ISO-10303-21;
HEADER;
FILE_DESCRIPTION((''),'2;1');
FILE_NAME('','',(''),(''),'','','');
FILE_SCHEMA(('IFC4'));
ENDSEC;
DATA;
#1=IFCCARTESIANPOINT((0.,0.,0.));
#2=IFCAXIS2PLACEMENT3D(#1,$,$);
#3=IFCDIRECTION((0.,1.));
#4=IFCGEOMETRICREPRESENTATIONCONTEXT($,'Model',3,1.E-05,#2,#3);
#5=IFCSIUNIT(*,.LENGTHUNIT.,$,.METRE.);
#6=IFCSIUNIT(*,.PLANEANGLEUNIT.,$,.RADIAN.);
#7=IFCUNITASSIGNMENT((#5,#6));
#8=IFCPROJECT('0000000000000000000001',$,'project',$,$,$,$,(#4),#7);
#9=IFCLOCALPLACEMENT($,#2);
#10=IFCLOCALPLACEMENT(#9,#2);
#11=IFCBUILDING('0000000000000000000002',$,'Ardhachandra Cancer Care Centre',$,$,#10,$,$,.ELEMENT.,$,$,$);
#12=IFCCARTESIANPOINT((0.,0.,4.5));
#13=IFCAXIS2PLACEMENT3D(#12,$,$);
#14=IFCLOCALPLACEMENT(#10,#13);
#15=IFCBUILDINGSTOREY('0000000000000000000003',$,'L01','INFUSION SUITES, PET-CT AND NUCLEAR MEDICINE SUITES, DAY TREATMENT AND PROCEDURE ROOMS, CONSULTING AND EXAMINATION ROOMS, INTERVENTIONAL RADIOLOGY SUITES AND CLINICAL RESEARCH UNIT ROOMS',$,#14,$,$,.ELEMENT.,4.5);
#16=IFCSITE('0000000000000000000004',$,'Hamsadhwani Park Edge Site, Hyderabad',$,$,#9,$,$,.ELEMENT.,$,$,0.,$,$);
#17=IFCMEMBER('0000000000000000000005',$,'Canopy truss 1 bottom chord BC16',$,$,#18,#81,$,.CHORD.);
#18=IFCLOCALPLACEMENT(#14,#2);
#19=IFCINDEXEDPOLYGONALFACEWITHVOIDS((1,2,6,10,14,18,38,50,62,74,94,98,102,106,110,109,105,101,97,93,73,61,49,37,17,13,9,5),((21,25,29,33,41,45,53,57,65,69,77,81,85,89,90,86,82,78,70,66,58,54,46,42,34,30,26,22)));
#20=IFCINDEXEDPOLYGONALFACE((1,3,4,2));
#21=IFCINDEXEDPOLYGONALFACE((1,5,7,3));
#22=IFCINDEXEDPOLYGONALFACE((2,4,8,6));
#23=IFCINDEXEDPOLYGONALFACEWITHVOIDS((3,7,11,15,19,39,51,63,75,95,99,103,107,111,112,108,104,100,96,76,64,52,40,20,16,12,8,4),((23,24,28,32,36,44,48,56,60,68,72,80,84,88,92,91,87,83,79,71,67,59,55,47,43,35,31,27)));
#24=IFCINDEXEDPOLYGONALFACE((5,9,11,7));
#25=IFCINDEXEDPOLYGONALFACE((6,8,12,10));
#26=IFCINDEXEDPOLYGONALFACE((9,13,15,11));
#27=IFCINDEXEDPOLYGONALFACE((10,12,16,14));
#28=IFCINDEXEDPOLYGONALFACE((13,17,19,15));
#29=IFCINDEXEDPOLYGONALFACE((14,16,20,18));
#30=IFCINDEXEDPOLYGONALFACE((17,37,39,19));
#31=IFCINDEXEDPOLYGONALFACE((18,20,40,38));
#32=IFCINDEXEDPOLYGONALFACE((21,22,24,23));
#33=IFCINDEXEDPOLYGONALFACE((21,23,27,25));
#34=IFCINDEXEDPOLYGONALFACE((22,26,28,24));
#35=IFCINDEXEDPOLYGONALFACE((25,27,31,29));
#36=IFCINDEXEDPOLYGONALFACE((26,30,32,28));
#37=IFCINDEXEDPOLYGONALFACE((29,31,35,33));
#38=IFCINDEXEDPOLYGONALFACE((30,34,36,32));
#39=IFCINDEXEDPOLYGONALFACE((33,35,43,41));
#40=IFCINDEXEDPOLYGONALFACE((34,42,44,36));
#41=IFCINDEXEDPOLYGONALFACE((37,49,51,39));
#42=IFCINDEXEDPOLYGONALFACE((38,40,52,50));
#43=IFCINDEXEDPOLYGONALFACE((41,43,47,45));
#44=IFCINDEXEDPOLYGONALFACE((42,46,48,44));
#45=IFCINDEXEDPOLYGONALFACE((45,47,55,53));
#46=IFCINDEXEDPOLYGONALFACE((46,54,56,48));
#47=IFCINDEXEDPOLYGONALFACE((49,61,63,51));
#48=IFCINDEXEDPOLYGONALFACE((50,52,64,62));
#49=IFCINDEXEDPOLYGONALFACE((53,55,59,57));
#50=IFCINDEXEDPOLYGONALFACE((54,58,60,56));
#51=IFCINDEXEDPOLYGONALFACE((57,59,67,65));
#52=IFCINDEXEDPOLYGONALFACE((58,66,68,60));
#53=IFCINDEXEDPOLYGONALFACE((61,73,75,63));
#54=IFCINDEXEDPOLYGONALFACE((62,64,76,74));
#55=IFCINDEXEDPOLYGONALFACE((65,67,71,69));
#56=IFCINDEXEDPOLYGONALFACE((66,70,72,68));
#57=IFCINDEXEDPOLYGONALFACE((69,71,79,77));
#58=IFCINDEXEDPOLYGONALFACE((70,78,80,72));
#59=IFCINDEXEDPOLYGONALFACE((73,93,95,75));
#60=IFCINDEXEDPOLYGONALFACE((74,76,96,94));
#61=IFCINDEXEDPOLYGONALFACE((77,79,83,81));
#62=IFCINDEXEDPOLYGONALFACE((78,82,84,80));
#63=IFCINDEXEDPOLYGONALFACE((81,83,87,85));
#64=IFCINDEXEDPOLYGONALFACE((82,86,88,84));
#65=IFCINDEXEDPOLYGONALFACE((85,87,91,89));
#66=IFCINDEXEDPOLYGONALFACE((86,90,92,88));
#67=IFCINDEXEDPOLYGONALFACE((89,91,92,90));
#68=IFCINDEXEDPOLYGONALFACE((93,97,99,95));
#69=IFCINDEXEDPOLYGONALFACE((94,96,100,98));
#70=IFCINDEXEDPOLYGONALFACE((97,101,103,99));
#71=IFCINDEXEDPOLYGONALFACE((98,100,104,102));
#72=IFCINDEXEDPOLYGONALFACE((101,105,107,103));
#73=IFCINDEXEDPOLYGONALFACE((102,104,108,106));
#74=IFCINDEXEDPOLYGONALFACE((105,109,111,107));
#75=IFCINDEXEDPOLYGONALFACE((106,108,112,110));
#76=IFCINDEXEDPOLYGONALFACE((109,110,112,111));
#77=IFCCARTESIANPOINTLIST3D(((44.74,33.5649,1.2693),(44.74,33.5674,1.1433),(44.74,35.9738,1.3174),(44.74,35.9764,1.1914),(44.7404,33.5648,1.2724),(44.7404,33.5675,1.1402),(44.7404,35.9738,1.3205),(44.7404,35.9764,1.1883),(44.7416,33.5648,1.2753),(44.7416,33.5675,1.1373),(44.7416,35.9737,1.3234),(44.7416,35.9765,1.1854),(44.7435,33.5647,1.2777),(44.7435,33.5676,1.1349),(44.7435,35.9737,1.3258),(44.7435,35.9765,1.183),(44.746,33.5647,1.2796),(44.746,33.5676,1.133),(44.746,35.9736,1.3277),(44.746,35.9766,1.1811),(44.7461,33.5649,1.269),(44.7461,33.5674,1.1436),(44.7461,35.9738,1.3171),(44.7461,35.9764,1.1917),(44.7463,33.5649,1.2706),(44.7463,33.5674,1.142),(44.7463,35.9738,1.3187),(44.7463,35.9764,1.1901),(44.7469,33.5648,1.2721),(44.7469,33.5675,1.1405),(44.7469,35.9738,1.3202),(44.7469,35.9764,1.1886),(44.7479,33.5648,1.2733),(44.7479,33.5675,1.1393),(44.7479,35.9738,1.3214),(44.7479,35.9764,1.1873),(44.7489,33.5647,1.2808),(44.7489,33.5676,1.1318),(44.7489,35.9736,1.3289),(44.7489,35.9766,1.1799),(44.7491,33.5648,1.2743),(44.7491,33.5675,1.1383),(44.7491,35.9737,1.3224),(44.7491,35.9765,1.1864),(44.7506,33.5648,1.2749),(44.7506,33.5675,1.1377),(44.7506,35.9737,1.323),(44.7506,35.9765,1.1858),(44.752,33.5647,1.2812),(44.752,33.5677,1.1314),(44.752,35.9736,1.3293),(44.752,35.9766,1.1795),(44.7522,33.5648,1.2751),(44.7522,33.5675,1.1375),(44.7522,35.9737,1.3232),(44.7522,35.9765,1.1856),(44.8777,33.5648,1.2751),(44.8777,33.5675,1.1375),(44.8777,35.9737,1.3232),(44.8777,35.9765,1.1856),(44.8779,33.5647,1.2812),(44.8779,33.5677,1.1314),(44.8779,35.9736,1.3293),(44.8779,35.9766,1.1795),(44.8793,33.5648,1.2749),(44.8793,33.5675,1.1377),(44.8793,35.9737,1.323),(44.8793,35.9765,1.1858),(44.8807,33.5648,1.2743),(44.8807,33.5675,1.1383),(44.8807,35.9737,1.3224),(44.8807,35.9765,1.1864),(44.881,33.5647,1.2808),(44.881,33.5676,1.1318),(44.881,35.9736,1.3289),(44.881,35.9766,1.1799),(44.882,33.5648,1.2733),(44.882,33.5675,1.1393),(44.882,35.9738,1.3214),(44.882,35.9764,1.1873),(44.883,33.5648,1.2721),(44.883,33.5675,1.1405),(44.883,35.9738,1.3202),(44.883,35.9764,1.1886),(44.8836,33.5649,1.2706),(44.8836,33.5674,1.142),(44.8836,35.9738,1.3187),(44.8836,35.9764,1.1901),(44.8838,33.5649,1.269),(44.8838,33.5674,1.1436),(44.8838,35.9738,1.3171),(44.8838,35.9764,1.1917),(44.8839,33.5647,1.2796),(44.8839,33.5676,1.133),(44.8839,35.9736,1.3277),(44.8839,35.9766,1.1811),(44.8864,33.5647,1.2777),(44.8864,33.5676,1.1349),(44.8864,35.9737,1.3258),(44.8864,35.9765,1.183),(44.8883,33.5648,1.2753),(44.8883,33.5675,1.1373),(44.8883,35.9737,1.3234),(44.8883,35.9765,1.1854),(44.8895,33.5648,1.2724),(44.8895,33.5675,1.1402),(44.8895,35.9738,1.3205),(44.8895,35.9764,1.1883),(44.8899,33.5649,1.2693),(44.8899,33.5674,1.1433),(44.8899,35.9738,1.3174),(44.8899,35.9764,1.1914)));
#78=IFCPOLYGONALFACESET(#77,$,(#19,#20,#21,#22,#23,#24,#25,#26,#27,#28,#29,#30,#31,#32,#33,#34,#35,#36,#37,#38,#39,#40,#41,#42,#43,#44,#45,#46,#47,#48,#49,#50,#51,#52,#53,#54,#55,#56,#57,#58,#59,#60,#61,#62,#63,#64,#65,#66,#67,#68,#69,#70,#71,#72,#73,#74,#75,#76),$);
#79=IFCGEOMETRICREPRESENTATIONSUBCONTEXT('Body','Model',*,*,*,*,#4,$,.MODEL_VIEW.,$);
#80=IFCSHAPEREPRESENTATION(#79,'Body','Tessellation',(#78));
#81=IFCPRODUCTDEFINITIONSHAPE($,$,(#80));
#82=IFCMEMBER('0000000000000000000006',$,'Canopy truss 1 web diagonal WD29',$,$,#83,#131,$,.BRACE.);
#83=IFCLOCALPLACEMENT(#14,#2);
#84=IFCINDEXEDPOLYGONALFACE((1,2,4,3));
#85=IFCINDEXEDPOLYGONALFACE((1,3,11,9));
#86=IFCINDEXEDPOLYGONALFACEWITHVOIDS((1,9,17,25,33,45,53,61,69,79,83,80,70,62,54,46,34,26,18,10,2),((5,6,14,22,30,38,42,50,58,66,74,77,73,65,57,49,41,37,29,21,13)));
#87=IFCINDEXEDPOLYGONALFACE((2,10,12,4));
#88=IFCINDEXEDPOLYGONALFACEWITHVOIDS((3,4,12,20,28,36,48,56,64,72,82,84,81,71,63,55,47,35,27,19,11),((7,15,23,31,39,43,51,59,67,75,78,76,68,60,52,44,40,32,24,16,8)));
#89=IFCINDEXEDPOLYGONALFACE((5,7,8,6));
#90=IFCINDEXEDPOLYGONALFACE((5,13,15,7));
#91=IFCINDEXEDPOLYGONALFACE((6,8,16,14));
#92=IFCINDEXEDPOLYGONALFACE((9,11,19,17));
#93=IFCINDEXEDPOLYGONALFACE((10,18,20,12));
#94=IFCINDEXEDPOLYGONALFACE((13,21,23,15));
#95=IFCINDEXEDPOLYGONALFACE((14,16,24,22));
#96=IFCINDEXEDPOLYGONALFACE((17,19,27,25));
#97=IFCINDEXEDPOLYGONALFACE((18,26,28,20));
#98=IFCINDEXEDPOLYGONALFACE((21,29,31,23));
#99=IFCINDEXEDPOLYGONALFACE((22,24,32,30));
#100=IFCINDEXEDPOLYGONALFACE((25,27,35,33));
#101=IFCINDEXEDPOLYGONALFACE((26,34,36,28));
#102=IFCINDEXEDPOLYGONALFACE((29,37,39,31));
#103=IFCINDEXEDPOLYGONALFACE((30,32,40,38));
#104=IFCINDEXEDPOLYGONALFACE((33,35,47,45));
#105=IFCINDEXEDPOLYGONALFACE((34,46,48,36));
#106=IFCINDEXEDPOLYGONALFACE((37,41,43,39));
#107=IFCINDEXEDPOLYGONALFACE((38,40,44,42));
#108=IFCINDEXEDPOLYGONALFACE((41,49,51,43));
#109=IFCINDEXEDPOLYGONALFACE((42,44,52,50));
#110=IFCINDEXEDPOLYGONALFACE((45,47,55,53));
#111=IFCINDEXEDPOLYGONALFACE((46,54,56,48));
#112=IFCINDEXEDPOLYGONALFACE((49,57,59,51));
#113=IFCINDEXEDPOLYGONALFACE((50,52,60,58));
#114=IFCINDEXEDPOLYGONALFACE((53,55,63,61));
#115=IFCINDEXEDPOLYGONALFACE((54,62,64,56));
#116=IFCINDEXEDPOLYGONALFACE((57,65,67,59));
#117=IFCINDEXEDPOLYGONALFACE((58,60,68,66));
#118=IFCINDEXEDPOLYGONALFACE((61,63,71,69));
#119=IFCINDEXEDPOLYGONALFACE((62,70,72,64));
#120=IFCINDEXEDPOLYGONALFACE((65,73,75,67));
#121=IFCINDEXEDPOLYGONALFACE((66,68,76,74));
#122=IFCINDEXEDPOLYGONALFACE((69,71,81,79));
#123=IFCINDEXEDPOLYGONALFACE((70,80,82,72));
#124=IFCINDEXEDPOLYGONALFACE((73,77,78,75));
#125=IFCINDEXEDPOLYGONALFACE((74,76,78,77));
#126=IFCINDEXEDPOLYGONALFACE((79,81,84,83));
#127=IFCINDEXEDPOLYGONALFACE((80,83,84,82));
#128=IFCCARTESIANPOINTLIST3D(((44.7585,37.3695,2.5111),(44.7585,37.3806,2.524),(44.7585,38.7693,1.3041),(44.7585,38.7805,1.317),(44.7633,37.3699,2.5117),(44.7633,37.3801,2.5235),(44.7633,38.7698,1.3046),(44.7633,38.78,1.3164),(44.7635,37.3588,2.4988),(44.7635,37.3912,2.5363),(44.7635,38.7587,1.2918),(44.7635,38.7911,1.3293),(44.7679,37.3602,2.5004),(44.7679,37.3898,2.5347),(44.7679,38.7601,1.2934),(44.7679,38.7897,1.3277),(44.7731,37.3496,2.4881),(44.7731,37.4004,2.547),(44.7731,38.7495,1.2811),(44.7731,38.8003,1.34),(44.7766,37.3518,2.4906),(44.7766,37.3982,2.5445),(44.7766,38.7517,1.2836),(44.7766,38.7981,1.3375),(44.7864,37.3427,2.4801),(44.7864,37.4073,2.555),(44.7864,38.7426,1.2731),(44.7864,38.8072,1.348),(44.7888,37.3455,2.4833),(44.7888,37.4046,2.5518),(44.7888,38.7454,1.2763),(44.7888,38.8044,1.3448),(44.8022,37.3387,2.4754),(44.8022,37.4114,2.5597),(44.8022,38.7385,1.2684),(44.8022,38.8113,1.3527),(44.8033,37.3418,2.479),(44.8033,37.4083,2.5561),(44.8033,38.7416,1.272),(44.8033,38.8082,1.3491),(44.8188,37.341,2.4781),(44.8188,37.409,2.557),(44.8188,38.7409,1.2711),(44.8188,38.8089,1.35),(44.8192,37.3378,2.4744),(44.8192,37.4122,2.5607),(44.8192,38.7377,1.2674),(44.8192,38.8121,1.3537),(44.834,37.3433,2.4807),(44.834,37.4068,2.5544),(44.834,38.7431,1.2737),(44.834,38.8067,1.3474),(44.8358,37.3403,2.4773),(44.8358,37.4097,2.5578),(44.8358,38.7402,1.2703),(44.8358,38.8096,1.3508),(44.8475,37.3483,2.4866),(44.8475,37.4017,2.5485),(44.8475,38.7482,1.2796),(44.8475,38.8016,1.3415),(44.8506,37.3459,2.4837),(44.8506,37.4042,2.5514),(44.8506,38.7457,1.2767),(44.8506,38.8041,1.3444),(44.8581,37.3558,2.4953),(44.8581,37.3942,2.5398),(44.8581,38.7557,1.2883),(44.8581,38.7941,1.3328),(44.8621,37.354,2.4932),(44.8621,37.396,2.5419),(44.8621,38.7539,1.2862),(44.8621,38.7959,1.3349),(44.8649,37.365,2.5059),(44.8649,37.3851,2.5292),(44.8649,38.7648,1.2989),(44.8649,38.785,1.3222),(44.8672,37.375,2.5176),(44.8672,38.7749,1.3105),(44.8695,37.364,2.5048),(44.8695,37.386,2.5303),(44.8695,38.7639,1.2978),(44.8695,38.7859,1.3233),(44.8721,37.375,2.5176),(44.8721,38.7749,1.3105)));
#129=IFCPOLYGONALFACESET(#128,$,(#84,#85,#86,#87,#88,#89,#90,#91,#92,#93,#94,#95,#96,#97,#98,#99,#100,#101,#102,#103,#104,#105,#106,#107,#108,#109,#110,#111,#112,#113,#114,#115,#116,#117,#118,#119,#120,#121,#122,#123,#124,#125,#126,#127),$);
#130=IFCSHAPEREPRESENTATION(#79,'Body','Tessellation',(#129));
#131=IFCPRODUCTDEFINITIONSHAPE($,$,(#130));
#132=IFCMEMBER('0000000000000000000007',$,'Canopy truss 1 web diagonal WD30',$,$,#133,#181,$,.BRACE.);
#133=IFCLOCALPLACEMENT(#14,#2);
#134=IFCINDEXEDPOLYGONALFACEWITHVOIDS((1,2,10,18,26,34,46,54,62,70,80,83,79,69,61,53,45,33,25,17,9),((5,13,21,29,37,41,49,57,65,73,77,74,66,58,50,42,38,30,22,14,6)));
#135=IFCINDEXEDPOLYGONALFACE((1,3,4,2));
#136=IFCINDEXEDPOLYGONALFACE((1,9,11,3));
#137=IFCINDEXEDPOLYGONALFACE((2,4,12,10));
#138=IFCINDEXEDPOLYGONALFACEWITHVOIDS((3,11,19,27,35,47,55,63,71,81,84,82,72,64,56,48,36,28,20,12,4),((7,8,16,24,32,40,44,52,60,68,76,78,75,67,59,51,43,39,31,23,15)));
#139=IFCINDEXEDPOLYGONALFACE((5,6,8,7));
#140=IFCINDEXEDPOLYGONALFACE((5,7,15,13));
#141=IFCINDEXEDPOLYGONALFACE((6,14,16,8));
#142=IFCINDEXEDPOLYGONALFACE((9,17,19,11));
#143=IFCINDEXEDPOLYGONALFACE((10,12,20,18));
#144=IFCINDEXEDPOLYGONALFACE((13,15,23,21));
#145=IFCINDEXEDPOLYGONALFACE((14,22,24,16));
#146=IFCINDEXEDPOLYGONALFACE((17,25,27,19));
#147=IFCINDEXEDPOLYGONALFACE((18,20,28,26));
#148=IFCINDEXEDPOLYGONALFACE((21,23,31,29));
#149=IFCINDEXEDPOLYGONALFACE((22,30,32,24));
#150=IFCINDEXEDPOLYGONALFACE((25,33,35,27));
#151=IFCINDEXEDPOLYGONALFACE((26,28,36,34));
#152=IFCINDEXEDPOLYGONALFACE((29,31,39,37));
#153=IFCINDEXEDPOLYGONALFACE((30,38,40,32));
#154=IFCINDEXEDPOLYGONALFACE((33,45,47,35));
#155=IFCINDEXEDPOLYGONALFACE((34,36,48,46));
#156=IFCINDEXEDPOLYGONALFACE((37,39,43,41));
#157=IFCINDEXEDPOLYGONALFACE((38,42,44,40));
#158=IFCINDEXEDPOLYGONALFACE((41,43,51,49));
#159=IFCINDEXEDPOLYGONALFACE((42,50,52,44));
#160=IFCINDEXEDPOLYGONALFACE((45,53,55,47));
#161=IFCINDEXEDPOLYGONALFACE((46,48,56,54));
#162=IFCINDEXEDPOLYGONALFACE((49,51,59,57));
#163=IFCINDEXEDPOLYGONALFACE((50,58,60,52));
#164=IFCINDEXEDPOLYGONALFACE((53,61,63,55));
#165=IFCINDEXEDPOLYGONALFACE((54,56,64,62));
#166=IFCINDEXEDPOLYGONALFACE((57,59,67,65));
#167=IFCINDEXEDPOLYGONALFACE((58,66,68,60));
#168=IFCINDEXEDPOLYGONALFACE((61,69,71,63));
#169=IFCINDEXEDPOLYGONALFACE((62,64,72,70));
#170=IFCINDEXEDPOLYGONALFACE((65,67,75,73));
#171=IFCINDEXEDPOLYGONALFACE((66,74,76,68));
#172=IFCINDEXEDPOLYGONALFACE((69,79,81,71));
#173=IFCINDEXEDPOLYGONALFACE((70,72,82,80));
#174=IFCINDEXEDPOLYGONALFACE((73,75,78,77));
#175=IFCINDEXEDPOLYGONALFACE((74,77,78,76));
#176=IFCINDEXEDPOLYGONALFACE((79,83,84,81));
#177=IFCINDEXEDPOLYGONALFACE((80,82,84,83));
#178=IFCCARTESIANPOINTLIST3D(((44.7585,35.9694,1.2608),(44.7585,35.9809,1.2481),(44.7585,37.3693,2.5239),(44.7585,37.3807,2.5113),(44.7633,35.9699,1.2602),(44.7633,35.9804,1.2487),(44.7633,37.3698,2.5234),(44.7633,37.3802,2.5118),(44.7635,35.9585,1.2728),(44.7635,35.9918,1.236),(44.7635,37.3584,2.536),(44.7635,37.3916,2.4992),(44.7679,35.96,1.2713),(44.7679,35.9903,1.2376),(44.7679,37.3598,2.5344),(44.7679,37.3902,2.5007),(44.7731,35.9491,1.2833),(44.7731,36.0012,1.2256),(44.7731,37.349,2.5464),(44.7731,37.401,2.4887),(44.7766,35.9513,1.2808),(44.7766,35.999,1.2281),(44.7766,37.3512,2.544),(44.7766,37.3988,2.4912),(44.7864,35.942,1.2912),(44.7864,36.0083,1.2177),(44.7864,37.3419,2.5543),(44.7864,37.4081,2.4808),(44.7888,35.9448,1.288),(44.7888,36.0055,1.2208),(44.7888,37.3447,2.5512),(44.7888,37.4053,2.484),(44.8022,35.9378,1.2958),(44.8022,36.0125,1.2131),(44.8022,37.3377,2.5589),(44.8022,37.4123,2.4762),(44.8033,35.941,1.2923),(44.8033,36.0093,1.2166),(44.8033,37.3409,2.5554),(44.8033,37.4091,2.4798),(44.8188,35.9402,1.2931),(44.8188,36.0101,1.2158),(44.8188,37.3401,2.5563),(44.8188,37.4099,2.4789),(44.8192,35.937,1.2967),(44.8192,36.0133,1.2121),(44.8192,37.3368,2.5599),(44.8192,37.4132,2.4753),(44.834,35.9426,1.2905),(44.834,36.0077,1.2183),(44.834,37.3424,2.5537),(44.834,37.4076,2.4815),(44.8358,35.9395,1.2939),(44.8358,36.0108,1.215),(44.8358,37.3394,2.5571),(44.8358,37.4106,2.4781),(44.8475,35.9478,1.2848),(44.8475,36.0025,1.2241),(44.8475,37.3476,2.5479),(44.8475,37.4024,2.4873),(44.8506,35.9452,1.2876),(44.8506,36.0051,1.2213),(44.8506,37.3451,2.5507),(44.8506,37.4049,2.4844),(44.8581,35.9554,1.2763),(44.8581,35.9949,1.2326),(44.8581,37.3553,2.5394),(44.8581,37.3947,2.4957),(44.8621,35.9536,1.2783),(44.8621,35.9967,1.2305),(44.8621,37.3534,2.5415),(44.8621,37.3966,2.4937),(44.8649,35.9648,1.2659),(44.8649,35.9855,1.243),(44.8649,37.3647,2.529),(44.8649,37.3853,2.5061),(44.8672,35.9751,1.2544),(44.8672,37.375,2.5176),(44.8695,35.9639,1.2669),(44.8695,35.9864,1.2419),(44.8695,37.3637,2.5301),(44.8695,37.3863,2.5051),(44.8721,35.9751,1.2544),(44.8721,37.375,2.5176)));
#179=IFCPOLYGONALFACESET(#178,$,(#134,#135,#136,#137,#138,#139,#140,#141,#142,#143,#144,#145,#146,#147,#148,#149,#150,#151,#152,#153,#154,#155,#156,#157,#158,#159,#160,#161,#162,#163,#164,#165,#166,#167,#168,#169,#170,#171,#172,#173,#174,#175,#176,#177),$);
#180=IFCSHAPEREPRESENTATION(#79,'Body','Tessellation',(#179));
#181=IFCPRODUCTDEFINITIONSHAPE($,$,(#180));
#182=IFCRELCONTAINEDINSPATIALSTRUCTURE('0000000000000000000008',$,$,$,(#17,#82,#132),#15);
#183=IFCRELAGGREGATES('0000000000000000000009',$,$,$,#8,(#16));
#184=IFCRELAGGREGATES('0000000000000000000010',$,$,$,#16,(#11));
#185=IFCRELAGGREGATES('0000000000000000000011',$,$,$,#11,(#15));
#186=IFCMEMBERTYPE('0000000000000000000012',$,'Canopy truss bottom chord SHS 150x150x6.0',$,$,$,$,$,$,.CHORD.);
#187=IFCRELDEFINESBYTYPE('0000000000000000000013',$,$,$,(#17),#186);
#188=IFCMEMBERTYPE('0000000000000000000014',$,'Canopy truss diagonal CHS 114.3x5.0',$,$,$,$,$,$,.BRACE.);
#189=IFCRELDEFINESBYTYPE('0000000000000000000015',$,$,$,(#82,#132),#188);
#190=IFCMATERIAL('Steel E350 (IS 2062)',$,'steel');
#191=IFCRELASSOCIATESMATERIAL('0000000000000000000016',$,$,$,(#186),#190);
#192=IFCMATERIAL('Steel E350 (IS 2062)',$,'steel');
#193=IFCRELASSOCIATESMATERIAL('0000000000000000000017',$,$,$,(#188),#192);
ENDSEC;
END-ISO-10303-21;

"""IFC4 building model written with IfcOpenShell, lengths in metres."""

from ifc_helpers import new_model, si_unit, direction, frame, origin, origin_2d, place, context, subcontext, project, spatial, hollow_rectangle, hollow_circle, extrude, material, material_profile, profile_set, type_object, element, save


model = new_model("IFC4")

# Units and contexts
model_context = context("Model", 3, precision=1e-05, world=origin(), true_north=direction((0.0, 1.0)))
body_context = subcontext(model_context, "Body", "Model", "MODEL_VIEW")
ifc_project = project(units=[si_unit("LENGTHUNIT", "METRE"), si_unit("PLANEANGLEUNIT", "RADIAN")], contexts=[model_context])

# Site, building, storey
site_placement = place(None, origin())
site = spatial("IfcSite", under=ifc_project, at=site_placement, Name="Hamsadhwani Park Edge Site, Hyderabad", CompositionType="ELEMENT", RefElevation=0.0)
building_placement = place(site_placement, origin())
building = spatial("IfcBuilding", under=site, at=building_placement, Name="Ardhachandra Cancer Care Centre", CompositionType="ELEMENT")
storey_placement = place(building_placement, frame((0.0, 0.0, 4.5)))
storey = spatial("IfcBuildingStorey", under=building, at=storey_placement, Name="L01", Description="INFUSION SUITES, PET-CT AND NUCLEAR MEDICINE SUITES, DAY TREATMENT AND PROCEDURE ROOMS, CONSULTING AND EXAMINATION ROOMS, INTERVENTIONAL RADIOLOGY SUITES AND CLINICAL RESEARCH UNIT ROOMS", CompositionType="ELEMENT", Elevation=4.5)

# Members
ifc_material_1 = material(Name="Steel E350 (IS 2062)", Category="steel")
ifc_material_profile_1 = material_profile(ifc_material_1, hollow_rectangle(XDim=0.1499, YDim=0.1499, WallThickness=0.0061, InnerFilletRadius=0.0061, OuterFilletRadius=0.012, at=origin_2d()), Name="SHS 150x150x6.0")
ifc_profile_set_1 = profile_set([ifc_material_profile_1], Name="Steel E350 (IS 2062)")
member_type_1 = type_object("IfcMemberType", Name="Canopy truss bottom chord SHS 150x150x6.0", PredefinedType="CHORD", material=ifc_profile_set_1)
member_1_placement = place(storey_placement, frame((44.8149, 35.9751, 1.2544), z_axis=(0.0, -0.999801, -0.019962), x_axis=(1.0, 0.0, 0.0)))
element("IfcMember", 1, at=member_1_placement, inside=storey, type_object=member_type_1, Name="Canopy truss 1 bottom chord BC16", PredefinedType="CHORD", context=body_context, shape_type="SweptSolid", body=[
    extrude(hollow_rectangle(XDim=0.1499, YDim=0.1499, WallThickness=0.0061, InnerFilletRadius=0.0061, OuterFilletRadius=0.012, at=origin_2d()), origin(), (0.0, 0.0, 1.0), 2.4094),
])
ifc_material_2 = material(Name="Steel E350 (IS 2062)", Category="steel")
ifc_material_profile_2 = material_profile(ifc_material_2, hollow_circle(Radius=0.0571, WallThickness=0.0049, at=origin_2d()), Name="CHS 114.3x5.0")
ifc_profile_set_2 = profile_set([ifc_material_profile_2], Name="Steel E350 (IS 2062)")
member_type_2 = type_object("IfcMemberType", Name="Canopy truss diagonal CHS 114.3x5.0", PredefinedType="BRACE", material=ifc_profile_set_2)
member_2_placement = place(storey_placement, frame((44.8149, 38.7749, 1.3105), z_axis=(0.0, -0.757351, 0.653008), x_axis=(1.0, 0.0, 0.0)))
element("IfcMember", 2, at=member_2_placement, inside=storey, type_object=member_type_2, Name="Canopy truss 1 web diagonal WD29", PredefinedType="BRACE", context=body_context, shape_type="SweptSolid", body=[
    extrude(hollow_circle(Radius=0.0571, WallThickness=0.0049, at=origin_2d()), origin(), (0.0, 0.0, 1.0), 1.8484),
])
member_3_placement = place(storey_placement, frame((44.8149, 37.375, 2.5176), z_axis=(0.0, -0.742431, -0.669923), x_axis=(1.0, 0.0, 0.0)))
element("IfcMember", 3, at=member_3_placement, inside=storey, type_object=member_type_2, Name="Canopy truss 1 web diagonal WD30", PredefinedType="BRACE", context=body_context, shape_type="SweptSolid", body=[
    extrude(hollow_circle(Radius=0.0571, WallThickness=0.0049, at=origin_2d()), origin(), (0.0, 0.0, 1.0), 1.8855),
])

save(model, "model.ifc")
